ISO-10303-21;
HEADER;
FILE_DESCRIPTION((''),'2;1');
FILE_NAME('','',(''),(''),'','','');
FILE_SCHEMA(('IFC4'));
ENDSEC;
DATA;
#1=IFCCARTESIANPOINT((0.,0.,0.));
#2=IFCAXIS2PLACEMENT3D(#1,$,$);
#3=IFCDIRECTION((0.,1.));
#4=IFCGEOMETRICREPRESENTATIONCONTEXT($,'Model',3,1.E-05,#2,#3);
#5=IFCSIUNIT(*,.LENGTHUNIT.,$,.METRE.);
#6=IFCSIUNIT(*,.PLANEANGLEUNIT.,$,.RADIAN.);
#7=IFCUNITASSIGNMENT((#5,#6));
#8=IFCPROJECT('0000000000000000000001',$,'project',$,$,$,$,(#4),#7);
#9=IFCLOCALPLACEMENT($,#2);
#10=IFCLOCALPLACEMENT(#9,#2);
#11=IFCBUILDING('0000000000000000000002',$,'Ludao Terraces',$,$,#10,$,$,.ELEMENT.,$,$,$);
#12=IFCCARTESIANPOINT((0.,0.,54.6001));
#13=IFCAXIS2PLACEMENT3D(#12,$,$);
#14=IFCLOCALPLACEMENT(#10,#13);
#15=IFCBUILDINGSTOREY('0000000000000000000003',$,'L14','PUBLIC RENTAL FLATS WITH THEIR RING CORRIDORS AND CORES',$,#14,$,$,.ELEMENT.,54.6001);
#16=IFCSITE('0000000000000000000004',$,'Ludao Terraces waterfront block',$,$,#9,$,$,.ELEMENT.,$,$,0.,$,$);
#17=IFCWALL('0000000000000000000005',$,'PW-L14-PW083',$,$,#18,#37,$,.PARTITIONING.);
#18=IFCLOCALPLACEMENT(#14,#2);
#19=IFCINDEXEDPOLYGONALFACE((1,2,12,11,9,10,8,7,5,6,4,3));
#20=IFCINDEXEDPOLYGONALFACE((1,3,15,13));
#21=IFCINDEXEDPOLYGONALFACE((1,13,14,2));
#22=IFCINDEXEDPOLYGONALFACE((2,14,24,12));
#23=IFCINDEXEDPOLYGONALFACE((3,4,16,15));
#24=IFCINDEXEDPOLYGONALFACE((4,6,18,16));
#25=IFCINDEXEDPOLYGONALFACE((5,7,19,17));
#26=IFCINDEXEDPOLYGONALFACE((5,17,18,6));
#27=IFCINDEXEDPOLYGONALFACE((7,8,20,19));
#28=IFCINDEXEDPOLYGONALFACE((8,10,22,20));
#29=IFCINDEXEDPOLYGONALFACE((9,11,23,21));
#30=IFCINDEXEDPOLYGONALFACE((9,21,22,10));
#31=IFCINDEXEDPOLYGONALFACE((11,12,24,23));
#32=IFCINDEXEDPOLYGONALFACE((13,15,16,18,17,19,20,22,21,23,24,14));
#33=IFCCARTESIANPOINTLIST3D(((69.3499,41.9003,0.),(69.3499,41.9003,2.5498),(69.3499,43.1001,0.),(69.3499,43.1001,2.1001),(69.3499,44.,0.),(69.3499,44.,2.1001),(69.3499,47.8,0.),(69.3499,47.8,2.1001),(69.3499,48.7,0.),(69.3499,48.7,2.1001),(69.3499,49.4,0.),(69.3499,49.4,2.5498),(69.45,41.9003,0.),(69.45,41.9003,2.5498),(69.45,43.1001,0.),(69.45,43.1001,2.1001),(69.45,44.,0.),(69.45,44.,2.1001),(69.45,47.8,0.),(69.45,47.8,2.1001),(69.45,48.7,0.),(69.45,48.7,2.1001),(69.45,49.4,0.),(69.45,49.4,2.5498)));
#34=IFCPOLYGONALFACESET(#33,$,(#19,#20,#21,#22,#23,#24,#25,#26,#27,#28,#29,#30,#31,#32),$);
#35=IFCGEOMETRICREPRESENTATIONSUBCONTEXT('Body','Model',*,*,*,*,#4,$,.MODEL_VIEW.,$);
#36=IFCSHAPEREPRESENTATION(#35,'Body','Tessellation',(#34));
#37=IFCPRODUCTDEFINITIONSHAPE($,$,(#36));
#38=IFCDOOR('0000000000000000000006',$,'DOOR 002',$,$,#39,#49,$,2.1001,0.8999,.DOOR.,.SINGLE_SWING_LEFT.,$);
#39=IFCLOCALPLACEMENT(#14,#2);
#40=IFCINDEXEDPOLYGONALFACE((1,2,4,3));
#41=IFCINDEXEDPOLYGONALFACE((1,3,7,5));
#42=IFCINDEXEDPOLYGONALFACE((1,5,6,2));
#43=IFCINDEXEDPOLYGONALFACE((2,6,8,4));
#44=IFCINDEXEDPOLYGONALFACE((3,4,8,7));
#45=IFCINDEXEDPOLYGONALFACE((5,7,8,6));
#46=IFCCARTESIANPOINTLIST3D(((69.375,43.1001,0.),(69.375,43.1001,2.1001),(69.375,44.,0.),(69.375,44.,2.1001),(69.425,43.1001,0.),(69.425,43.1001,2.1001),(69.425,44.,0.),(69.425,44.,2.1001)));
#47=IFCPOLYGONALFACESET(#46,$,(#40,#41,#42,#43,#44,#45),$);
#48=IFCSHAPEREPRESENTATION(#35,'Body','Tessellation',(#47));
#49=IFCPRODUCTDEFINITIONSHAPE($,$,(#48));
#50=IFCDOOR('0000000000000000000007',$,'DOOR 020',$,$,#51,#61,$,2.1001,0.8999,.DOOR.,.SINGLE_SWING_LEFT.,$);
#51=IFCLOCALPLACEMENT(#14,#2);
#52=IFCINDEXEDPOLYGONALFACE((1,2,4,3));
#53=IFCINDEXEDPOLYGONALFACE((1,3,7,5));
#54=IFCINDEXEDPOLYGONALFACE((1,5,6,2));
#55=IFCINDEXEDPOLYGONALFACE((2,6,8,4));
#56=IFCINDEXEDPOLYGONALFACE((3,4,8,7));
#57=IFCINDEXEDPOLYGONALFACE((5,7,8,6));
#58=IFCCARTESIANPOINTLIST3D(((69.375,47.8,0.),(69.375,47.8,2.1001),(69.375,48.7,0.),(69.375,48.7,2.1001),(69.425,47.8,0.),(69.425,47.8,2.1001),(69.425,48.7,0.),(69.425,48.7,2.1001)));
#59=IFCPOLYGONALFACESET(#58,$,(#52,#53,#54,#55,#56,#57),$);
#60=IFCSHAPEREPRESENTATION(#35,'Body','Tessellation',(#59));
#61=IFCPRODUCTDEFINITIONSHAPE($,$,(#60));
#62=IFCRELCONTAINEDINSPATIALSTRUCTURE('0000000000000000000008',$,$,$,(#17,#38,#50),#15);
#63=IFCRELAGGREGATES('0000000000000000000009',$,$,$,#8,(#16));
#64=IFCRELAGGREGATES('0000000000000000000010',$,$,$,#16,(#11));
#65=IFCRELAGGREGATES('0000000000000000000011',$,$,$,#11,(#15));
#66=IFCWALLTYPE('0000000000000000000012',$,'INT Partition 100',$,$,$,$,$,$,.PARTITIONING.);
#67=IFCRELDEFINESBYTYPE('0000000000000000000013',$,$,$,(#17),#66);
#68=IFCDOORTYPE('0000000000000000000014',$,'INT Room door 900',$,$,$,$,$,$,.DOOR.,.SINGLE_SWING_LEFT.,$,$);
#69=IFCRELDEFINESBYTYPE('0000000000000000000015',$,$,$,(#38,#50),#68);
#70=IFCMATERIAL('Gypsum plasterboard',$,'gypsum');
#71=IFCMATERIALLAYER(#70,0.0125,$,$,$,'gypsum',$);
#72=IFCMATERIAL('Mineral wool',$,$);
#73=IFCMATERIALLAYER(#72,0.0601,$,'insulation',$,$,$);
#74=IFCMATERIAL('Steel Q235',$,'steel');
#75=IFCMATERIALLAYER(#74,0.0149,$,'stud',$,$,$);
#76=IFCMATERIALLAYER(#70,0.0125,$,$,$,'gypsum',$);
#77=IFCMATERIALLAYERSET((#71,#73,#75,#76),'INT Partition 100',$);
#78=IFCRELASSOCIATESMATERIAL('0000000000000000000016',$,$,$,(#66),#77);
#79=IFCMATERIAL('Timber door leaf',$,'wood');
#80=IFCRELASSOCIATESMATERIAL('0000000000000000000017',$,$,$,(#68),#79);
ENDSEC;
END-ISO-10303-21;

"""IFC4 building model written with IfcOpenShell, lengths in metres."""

from ifc_helpers import new_model, si_unit, direction, frame, frame_2d, origin, place, context, subcontext, project, spatial, rectangle, extrude, material, layer, layer_set, type_object, element, fill, save


model = new_model("IFC4")

# Units and contexts
model_context = context("Model", 3, precision=1e-05, world=origin(), true_north=direction((0.0, 1.0)))
body_context = subcontext(model_context, "Body", "Model", "MODEL_VIEW")
ifc_project = project(units=[si_unit("LENGTHUNIT", "METRE"), si_unit("PLANEANGLEUNIT", "RADIAN")], contexts=[model_context])

# Site, building, storey
site_placement = place(None, origin())
site = spatial("IfcSite", under=ifc_project, at=site_placement, Name="Ludao Terraces waterfront block", CompositionType="ELEMENT", RefElevation=0.0)
building_placement = place(site_placement, origin())
building = spatial("IfcBuilding", under=site, at=building_placement, Name="Ludao Terraces", CompositionType="ELEMENT")
storey_placement = place(building_placement, frame((0.0, 0.0, 54.6001)))
storey = spatial("IfcBuildingStorey", under=building, at=storey_placement, Name="L14", Description="PUBLIC RENTAL FLATS WITH THEIR RING CORRIDORS AND CORES", CompositionType="ELEMENT", Elevation=54.6001)

# Wall, openings, doors
ifc_material_1 = material(Name="Gypsum plasterboard", Category="gypsum")
ifc_layer_1 = layer(ifc_material_1, 0.0125, Category="gypsum")
ifc_material_2 = material(Name="Mineral wool")
ifc_layer_2 = layer(ifc_material_2, 0.0601, Name="insulation")
ifc_material_3 = material(Name="Steel Q235", Category="steel")
ifc_layer_3 = layer(ifc_material_3, 0.0149, Name="stud")
ifc_layer_4 = layer(ifc_material_1, 0.0125, Category="gypsum")
ifc_layer_set = layer_set([ifc_layer_1, ifc_layer_2, ifc_layer_3, ifc_layer_4], Name="INT Partition 100")
wall_type = type_object("IfcWallType", Name="INT Partition 100", PredefinedType="PARTITIONING", material=ifc_layer_set)
ifc_material_4 = material(Name="Timber door leaf", Category="wood")
door_type_1 = type_object("IfcDoorType", Name="INT Room door 900", OperationType="SINGLE_SWING_LEFT", PredefinedType="DOOR", material=ifc_material_4)
wall_1_placement = place(storey_placement, frame((69.3999, 41.9001, 0.0), z_axis=(0.0, 0.0, 1.0), x_axis=(0.0, 1.0, 0.0)))
wall_1 = element("IfcWall", 1, at=wall_1_placement, inside=storey, type_object=wall_type, Name="PW-L14-PW083", PredefinedType="PARTITIONING", context=body_context, shape_type="SweptSolid", body=[
    extrude(rectangle(XDim=7.4998, YDim=0.1001, at=frame_2d((3.75, 0.0))), origin(), (0.0, 0.0, 1.0), 2.5498),
])
opening_1_placement = place(wall_1_placement, frame((1.2, 0.0, 0.0)))
opening_1 = element("IfcOpeningElement", 2, at=opening_1_placement, cuts=wall_1, PredefinedType="OPENING", context=body_context, shape_type="SweptSolid", body=[
    extrude(rectangle(XDim=0.8999, YDim=2.1001, at=frame_2d((0.45, 1.05))), frame((0.0, 0.0601, 0.0), z_axis=(0.0, -1.0, 0.0), x_axis=(1.0, 0.0, 0.0)), (0.0, 0.0, 1.0), 0.1201),
])
opening_2_placement = place(wall_1_placement, frame((5.8999, 0.0, 0.0)))
opening_2 = element("IfcOpeningElement", 3, at=opening_2_placement, cuts=wall_1, PredefinedType="OPENING", context=body_context, shape_type="SweptSolid", body=[
    extrude(rectangle(XDim=0.8999, YDim=2.1001, at=frame_2d((0.45, 1.05))), frame((0.0, 0.0601, 0.0), z_axis=(0.0, -1.0, 0.0), x_axis=(1.0, 0.0, 0.0)), (0.0, 0.0, 1.0), 0.1201),
])
door_1_placement = place(opening_1_placement, origin())
door_1 = element("IfcDoor", 4, at=door_1_placement, inside=storey, type_object=door_type_1, Name="DOOR 002", OperationType="SINGLE_SWING_LEFT", OverallHeight=2.1001, OverallWidth=0.8999, PredefinedType="DOOR", context=body_context, shape_type="SweptSolid", body=[
    extrude(rectangle(XDim=0.8999, YDim=2.1001, at=frame_2d((0.45, 1.05))), frame((0.0, 0.0249, 0.0), z_axis=(0.0, -1.0, 0.0), x_axis=(1.0, 0.0, 0.0)), (0.0, 0.0, 1.0), 0.05),
])
fill(opening_1, door_1)
door_2_placement = place(opening_2_placement, origin())
door_2 = element("IfcDoor", 5, at=door_2_placement, inside=storey, type_object=door_type_1, Name="DOOR 020", OperationType="SINGLE_SWING_LEFT", OverallHeight=2.1001, OverallWidth=0.8999, PredefinedType="DOOR", context=body_context, shape_type="SweptSolid", body=[
    extrude(rectangle(XDim=0.8999, YDim=2.1001, at=frame_2d((0.45, 1.05))), frame((0.0, 0.0249, 0.0), z_axis=(0.0, -1.0, 0.0), x_axis=(1.0, 0.0, 0.0)), (0.0, 0.0, 1.0), 0.05),
])
fill(opening_2, door_2)

save(model, "model.ifc")
